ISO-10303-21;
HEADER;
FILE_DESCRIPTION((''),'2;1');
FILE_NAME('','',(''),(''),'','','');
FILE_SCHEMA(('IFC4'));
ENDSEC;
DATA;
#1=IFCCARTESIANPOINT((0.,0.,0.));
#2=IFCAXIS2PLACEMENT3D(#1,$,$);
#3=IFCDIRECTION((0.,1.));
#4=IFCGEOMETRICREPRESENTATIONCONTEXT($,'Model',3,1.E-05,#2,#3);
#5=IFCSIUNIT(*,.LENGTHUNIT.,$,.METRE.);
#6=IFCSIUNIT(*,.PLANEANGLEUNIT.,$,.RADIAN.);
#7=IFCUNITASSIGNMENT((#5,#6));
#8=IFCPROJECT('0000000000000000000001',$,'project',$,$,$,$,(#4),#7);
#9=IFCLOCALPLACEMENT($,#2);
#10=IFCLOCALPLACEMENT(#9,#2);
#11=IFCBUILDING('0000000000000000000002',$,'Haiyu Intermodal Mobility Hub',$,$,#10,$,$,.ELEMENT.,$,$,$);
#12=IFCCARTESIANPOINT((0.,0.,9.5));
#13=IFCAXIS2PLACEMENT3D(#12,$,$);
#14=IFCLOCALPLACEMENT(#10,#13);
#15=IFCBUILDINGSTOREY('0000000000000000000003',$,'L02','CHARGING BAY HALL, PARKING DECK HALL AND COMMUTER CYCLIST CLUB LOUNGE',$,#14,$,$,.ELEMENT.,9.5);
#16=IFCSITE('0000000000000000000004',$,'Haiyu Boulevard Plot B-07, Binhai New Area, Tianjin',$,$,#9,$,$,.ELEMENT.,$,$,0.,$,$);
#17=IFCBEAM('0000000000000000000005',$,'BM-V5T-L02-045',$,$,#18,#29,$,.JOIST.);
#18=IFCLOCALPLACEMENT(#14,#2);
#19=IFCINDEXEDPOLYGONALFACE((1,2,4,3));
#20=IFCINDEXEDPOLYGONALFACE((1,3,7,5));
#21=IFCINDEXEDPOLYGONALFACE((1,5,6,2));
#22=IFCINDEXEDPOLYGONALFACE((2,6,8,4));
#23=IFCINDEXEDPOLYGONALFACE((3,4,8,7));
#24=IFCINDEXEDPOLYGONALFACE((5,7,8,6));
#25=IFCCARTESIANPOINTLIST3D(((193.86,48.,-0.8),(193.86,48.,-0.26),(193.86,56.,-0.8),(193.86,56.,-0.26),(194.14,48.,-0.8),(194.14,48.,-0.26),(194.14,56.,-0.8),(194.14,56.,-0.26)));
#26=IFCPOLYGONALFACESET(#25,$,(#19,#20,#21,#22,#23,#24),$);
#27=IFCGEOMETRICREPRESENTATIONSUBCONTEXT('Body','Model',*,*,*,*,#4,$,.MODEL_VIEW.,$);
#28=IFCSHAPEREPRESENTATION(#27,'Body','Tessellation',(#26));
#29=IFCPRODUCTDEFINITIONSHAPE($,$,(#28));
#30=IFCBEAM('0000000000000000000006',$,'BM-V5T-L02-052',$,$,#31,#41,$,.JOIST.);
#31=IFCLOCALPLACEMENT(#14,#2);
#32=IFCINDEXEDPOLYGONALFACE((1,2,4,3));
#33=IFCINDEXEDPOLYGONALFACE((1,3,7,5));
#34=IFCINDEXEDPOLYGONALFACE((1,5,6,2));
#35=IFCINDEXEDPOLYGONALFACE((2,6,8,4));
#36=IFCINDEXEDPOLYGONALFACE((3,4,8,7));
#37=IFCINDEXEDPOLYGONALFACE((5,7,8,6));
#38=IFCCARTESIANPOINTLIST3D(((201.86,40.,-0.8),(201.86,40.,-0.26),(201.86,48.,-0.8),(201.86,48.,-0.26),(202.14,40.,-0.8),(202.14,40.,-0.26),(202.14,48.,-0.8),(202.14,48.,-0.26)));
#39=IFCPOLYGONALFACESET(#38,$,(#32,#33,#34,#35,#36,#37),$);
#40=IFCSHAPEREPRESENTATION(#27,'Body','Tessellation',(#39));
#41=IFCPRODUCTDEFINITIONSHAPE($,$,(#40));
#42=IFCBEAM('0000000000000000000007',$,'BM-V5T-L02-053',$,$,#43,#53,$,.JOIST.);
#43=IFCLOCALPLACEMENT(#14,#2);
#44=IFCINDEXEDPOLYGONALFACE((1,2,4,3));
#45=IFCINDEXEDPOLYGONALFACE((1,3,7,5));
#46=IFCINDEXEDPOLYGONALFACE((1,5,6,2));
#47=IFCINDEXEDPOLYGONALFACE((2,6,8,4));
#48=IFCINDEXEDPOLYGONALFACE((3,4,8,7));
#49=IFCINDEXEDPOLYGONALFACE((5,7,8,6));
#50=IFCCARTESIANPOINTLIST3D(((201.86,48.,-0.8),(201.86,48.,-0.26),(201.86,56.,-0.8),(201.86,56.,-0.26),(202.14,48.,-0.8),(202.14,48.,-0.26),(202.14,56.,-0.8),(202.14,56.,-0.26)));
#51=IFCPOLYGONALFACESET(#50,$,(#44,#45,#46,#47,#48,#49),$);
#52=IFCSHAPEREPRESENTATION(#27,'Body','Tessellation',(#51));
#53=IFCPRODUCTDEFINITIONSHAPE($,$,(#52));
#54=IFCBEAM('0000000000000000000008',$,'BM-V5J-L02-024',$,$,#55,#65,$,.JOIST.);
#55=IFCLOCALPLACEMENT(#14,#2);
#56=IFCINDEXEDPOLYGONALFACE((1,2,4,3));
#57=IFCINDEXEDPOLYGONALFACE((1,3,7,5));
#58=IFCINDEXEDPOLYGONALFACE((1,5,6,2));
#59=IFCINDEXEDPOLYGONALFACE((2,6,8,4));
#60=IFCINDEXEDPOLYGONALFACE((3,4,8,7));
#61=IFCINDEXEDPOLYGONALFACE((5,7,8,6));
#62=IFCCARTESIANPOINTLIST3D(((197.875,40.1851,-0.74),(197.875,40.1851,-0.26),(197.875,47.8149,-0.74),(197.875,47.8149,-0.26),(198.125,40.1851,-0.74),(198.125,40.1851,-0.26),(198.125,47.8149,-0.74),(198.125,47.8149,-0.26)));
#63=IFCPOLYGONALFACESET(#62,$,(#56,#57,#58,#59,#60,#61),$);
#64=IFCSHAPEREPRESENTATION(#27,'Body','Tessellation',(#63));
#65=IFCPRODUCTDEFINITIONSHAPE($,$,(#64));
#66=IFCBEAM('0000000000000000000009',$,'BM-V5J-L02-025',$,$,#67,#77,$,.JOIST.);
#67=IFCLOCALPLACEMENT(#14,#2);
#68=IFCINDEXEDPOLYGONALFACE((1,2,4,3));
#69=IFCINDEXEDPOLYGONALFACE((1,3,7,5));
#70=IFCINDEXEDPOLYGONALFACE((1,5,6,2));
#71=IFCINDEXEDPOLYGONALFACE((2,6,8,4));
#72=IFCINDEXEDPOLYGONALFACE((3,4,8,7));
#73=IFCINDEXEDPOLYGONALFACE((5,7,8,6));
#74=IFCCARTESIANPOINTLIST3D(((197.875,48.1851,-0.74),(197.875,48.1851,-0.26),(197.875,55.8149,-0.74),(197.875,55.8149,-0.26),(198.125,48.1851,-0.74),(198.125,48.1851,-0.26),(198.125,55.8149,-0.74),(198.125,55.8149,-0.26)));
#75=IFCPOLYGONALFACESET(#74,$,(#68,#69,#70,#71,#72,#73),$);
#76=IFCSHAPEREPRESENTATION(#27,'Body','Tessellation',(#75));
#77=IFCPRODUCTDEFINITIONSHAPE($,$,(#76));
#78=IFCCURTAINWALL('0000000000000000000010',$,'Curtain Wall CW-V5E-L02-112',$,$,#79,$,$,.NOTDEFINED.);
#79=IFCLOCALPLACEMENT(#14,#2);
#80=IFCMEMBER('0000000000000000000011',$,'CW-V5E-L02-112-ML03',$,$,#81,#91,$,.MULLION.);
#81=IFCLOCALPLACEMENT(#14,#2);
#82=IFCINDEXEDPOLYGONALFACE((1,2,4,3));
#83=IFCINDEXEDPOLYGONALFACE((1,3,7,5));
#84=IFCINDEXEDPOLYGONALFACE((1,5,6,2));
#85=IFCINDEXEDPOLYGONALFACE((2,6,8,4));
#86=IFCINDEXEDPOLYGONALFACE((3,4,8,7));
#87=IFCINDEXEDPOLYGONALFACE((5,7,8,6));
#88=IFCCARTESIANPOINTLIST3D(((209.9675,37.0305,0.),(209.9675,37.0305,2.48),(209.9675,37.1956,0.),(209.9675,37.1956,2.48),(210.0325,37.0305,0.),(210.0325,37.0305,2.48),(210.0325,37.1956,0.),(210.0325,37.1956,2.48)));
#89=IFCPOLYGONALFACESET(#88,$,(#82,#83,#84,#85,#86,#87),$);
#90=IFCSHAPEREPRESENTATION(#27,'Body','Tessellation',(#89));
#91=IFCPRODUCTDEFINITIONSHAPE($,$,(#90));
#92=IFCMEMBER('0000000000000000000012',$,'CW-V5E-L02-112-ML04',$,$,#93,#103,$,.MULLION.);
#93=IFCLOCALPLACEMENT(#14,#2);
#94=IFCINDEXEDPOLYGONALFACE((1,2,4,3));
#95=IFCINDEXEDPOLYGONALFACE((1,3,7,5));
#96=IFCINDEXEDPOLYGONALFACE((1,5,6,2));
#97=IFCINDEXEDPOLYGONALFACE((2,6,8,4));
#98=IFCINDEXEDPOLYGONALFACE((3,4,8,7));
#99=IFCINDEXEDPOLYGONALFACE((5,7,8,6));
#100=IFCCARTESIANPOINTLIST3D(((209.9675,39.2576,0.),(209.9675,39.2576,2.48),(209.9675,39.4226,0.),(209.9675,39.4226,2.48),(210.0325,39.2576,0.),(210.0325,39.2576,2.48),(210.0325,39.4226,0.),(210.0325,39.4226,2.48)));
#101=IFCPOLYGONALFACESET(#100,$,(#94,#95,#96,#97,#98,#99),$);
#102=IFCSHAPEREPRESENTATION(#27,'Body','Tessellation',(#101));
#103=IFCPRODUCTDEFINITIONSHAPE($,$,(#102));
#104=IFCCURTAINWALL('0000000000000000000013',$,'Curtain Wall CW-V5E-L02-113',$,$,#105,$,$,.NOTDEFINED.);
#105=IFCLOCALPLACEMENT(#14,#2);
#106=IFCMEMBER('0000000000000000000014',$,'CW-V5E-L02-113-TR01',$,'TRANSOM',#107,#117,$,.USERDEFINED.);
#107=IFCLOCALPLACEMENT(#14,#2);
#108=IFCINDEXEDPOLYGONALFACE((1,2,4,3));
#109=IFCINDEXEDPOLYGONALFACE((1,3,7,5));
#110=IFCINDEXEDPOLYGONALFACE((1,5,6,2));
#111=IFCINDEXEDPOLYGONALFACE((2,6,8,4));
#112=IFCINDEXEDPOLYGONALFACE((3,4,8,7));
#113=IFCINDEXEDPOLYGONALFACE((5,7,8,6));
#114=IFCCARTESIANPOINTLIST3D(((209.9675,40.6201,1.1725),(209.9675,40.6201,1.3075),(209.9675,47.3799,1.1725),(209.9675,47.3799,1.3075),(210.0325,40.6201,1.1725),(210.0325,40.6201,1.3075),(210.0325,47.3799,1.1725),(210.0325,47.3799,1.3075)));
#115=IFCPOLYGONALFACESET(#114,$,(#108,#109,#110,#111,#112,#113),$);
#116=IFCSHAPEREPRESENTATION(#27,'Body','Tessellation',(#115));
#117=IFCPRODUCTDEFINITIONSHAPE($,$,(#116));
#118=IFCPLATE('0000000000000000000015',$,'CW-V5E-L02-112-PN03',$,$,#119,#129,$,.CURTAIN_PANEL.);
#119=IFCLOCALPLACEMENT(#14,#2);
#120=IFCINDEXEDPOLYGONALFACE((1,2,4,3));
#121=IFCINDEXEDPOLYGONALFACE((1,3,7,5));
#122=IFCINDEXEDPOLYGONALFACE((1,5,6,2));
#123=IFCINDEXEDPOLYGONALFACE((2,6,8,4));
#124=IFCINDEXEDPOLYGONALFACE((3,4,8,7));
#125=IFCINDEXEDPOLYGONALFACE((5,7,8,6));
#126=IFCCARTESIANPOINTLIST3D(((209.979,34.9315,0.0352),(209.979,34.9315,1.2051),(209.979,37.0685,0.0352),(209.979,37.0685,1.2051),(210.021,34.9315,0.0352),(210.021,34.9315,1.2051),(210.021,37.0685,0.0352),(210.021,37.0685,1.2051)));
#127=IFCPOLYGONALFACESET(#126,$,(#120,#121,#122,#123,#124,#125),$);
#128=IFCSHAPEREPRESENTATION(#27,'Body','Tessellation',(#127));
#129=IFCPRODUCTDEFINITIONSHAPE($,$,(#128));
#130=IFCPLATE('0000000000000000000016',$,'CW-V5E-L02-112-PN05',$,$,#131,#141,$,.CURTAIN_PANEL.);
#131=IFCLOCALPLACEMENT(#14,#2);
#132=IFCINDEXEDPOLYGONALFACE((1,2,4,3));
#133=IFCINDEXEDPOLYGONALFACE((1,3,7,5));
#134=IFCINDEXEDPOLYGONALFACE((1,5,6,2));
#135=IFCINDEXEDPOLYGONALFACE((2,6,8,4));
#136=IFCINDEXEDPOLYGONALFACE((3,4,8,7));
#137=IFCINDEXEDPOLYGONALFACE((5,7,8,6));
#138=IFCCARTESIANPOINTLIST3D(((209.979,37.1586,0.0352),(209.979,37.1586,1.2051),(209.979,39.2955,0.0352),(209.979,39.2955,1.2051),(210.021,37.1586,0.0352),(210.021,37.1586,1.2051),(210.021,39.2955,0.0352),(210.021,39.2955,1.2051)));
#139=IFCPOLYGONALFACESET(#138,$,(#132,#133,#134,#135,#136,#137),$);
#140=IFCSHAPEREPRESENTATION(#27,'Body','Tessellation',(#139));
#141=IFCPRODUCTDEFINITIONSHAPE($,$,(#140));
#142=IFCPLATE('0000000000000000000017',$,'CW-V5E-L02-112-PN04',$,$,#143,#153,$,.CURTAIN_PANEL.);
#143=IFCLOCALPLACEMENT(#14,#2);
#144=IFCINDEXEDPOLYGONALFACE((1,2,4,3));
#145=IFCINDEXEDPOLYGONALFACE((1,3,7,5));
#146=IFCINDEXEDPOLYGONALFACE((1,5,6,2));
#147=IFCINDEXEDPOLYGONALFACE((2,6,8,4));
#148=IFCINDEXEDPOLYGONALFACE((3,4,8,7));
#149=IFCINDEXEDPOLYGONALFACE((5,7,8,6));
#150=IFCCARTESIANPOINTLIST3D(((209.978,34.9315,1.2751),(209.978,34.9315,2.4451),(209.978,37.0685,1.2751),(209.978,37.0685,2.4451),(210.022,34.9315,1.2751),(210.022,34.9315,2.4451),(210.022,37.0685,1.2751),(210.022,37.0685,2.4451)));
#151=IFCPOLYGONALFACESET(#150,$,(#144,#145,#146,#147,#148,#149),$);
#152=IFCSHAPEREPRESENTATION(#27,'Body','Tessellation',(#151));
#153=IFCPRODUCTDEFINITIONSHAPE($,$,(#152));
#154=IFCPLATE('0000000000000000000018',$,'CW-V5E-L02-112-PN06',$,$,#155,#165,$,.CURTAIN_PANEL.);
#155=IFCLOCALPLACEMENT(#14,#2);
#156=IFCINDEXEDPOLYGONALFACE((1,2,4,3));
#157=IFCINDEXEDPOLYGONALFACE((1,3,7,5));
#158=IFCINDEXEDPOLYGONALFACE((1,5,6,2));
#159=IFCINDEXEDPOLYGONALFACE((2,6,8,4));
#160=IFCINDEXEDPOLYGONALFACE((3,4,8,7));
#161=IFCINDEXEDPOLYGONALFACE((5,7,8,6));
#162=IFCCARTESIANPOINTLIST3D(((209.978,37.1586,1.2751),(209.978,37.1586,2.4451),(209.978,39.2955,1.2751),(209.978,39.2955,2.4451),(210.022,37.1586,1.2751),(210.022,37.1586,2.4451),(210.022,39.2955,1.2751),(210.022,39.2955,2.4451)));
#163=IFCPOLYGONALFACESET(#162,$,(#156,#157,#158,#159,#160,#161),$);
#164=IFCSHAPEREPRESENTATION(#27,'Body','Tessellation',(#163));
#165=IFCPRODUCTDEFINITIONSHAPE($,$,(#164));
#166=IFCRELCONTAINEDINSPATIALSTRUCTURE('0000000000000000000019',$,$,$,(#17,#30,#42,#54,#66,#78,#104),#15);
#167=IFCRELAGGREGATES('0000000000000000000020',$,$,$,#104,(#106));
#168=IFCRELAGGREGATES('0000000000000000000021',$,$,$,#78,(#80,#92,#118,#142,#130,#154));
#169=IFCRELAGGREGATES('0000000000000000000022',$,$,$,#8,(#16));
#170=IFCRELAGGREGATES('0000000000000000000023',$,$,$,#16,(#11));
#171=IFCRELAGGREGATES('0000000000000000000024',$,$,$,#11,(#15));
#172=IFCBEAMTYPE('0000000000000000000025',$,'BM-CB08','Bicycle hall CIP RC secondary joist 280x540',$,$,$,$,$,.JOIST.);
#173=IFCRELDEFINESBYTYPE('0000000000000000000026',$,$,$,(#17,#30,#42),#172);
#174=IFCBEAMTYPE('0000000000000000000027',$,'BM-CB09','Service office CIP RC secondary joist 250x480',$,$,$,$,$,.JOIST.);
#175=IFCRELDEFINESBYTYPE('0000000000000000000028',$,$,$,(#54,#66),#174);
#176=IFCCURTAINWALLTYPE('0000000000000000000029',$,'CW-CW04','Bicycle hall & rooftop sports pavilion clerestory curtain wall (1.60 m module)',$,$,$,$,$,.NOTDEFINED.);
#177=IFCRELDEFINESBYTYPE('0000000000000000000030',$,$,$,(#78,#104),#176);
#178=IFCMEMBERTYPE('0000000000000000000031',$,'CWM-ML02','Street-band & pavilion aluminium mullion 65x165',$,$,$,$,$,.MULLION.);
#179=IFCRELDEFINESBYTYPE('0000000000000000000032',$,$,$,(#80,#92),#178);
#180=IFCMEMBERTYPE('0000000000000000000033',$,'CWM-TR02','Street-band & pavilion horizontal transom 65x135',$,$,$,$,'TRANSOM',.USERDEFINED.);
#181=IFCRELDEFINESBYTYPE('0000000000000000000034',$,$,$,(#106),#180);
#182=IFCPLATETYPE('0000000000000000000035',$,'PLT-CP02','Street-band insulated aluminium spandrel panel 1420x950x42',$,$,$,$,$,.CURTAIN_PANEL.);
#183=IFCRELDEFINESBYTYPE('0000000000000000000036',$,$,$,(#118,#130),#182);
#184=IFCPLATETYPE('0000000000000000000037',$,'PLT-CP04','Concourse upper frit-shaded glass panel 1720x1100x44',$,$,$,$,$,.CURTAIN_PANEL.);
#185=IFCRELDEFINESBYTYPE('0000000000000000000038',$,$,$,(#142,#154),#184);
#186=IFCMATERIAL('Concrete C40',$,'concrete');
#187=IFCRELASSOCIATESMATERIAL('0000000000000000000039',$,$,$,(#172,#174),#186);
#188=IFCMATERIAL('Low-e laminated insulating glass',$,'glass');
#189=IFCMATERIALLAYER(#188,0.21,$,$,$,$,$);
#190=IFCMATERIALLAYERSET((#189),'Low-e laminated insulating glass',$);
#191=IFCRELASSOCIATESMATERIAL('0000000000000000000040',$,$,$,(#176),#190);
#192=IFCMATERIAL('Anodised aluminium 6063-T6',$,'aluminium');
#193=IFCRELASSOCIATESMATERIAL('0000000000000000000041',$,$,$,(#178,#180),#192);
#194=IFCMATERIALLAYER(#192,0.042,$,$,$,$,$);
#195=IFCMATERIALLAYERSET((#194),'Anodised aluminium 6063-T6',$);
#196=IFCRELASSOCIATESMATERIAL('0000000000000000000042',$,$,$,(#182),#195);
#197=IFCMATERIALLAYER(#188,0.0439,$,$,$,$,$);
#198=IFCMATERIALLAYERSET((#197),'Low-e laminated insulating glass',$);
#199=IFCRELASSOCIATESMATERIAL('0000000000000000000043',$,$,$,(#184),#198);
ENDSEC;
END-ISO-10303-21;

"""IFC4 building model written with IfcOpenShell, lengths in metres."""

from ifc_helpers import new_model, si_unit, direction, frame, origin, origin_2d, place, context, subcontext, project, spatial, rectangle, extrude, material, layer, layer_set, material_profile, profile_set, type_object, element, aggregate, save


model = new_model("IFC4")

# Units and contexts
model_context = context("Model", 3, precision=1e-05, world=origin(), true_north=direction((0.0, 1.0)))
body_context = subcontext(model_context, "Body", "Model", "MODEL_VIEW")
ifc_project = project(units=[si_unit("LENGTHUNIT", "METRE"), si_unit("PLANEANGLEUNIT", "RADIAN")], contexts=[model_context])

# Site, building, storey
site_placement = place(None, origin())
site = spatial("IfcSite", under=ifc_project, at=site_placement, Name="Haiyu Boulevard Plot B-07, Binhai New Area, Tianjin", CompositionType="ELEMENT", RefElevation=0.0)
building_placement = place(site_placement, origin())
building = spatial("IfcBuilding", under=site, at=building_placement, Name="Haiyu Intermodal Mobility Hub", CompositionType="ELEMENT")
storey_placement = place(building_placement, frame((0.0, 0.0, 9.5)))
storey = spatial("IfcBuildingStorey", under=building, at=storey_placement, Name="L02", Description="CHARGING BAY HALL, PARKING DECK HALL AND COMMUTER CYCLIST CLUB LOUNGE", CompositionType="ELEMENT", Elevation=9.5)

# Shared definitions
ifc_material_1 = material(Name="Concrete C40", Category="concrete")

# Beams
ifc_material_profile_1 = material_profile(ifc_material_1, rectangle(XDim=0.28, YDim=0.54, at=origin_2d()), Name="RCB280x540")
ifc_profile_set_1 = profile_set([ifc_material_profile_1], Name="Concrete C40")
beam_type_1 = type_object("IfcBeamType", Name="BM-CB08", Description="Bicycle hall CIP RC secondary joist 280x540", PredefinedType="JOIST", material=ifc_profile_set_1)
for number, where, z_axis, x_axis, name in (
    (1, (194.0, 48.0, -0.53), (0.0, 1.0, 0.0), (-1.0, 0.0, 0.0), "BM-V5T-L02-045"),
    (2, (202.0, 40.0, -0.53), (0.0, 1.0, 0.0), (-1.0, 0.0, 0.0), "BM-V5T-L02-052"),
    (3, (202.0, 48.0, -0.53), (0.0, 1.0, 0.0), (-1.0, 0.0, 0.0), "BM-V5T-L02-053"),
):
    element("IfcBeam", number, at=place(storey_placement, frame(where, z_axis=z_axis, x_axis=x_axis)), inside=storey, type_object=beam_type_1, Name=name, PredefinedType="JOIST", context=body_context, shape_type="SweptSolid", body=[
        extrude(rectangle(XDim=0.28, YDim=0.54, at=origin_2d()), origin(), (0.0, 0.0, 1.0), 8.0),
    ])
ifc_material_profile_2 = material_profile(ifc_material_1, rectangle(XDim=0.25, YDim=0.48, at=origin_2d()), Name="RCB250x480")
ifc_profile_set_2 = profile_set([ifc_material_profile_2], Name="Concrete C40")
beam_type_2 = type_object("IfcBeamType", Name="BM-CB09", Description="Service office CIP RC secondary joist 250x480", PredefinedType="JOIST", material=ifc_profile_set_2)
for number, where, z_axis, x_axis, name in (
    (4, (198.0, 40.1851, -0.5), (0.0, 1.0, 0.0), (-1.0, 0.0, 0.0), "BM-V5J-L02-024"),
    (5, (198.0, 48.1851, -0.5), (0.0, 1.0, 0.0), (-1.0, 0.0, 0.0), "BM-V5J-L02-025"),
):
    element("IfcBeam", number, at=place(storey_placement, frame(where, z_axis=z_axis, x_axis=x_axis)), inside=storey, type_object=beam_type_2, Name=name, PredefinedType="JOIST", context=body_context, shape_type="SweptSolid", body=[
        extrude(rectangle(XDim=0.25, YDim=0.48, at=origin_2d()), origin(), (0.0, 0.0, 1.0), 7.6299),
    ])

# Curtain wall, members
ifc_material_2 = material(Name="Low-e laminated insulating glass", Category="glass")
ifc_layer_1 = layer(ifc_material_2, 0.21)
ifc_layer_set_1 = layer_set([ifc_layer_1], Name="Low-e laminated insulating glass")
curtain_wall_type = type_object("IfcCurtainWallType", Name="CW-CW04", Description="Bicycle hall & rooftop sports pavilion clerestory curtain wall (1.60 m module)", PredefinedType="NOTDEFINED", material=ifc_layer_set_1)
curtain_wall_1_placement = place(storey_placement, origin())
curtain_wall_1 = element("IfcCurtainWall", 6, at=curtain_wall_1_placement, inside=storey, type_object=curtain_wall_type, Name="Curtain Wall CW-V5E-L02-112", PredefinedType="NOTDEFINED")
ifc_material_3 = material(Name="Anodised aluminium 6063-T6", Category="aluminium")
ifc_material_profile_3 = material_profile(ifc_material_3, rectangle(XDim=0.0649, YDim=0.165, at=origin_2d()), Name="ALU65x165")
ifc_profile_set_3 = profile_set([ifc_material_profile_3], Name="Anodised aluminium 6063-T6")
member_type_1 = type_object("IfcMemberType", Name="CWM-ML02", Description="Street-band & pavilion aluminium mullion 65x165", PredefinedType="MULLION", material=ifc_profile_set_3)
member_1_placement = place(storey_placement, frame((210.0, 37.113, 0.0), z_axis=(0.0, 0.0, 1.0), x_axis=(1.0, 0.0, 0.0)))
member_1 = element("IfcMember", 7, at=member_1_placement, type_object=member_type_1, Name="CW-V5E-L02-112-ML03", PredefinedType="MULLION", context=body_context, shape_type="SweptSolid", body=[
    extrude(rectangle(XDim=0.0649, YDim=0.165, at=origin_2d()), origin(), (0.0, 0.0, 1.0), 2.48),
])
member_2_placement = place(storey_placement, frame((210.0, 39.3401, 0.0), z_axis=(0.0, 0.0, 1.0), x_axis=(1.0, 0.0, 0.0)))
member_2 = element("IfcMember", 8, at=member_2_placement, type_object=member_type_1, Name="CW-V5E-L02-112-ML04", PredefinedType="MULLION", context=body_context, shape_type="SweptSolid", body=[
    extrude(rectangle(XDim=0.0649, YDim=0.165, at=origin_2d()), origin(), (0.0, 0.0, 1.0), 2.48),
])

# Curtain wall, member
curtain_wall_2_placement = place(storey_placement, origin())
curtain_wall_2 = element("IfcCurtainWall", 9, at=curtain_wall_2_placement, inside=storey, type_object=curtain_wall_type, Name="Curtain Wall CW-V5E-L02-113", PredefinedType="NOTDEFINED")
ifc_material_profile_4 = material_profile(ifc_material_3, rectangle(XDim=0.0649, YDim=0.135, at=origin_2d()), Name="ALU65x135")
ifc_profile_set_4 = profile_set([ifc_material_profile_4], Name="Anodised aluminium 6063-T6")
member_type_2 = type_object("IfcMemberType", Name="CWM-TR02", Description="Street-band & pavilion horizontal transom 65x135", ElementType="TRANSOM", PredefinedType="USERDEFINED", material=ifc_profile_set_4)
member_3_placement = place(storey_placement, frame((210.0, 40.6201, 1.24), z_axis=(0.0, 1.0, 0.0), x_axis=(-1.0, 0.0, 0.0)))
member_3 = element("IfcMember", 10, at=member_3_placement, type_object=member_type_2, Name="CW-V5E-L02-113-TR01", ObjectType="TRANSOM", PredefinedType="USERDEFINED", context=body_context, shape_type="SweptSolid", body=[
    extrude(rectangle(XDim=0.0649, YDim=0.135, at=origin_2d()), origin(), (0.0, 0.0, 1.0), 6.7598),
])
aggregate(curtain_wall_2, [member_3])

# Plates
ifc_layer_2 = layer(ifc_material_3, 0.042)
ifc_layer_set_2 = layer_set([ifc_layer_2], Name="Anodised aluminium 6063-T6")
plate_type_1 = type_object("IfcPlateType", Name="PLT-CP02", Description="Street-band insulated aluminium spandrel panel 1420x950x42", PredefinedType="CURTAIN_PANEL", material=ifc_layer_set_2)
plate_1_placement = place(storey_placement, frame((210.0, 36.0, 0.0352), z_axis=(0.0, 0.0, 1.0), x_axis=(0.0, 1.0, 0.0)))
plate_1 = element("IfcPlate", 11, at=plate_1_placement, type_object=plate_type_1, Name="CW-V5E-L02-112-PN03", PredefinedType="CURTAIN_PANEL", context=body_context, shape_type="SweptSolid", body=[
    extrude(rectangle(XDim=2.137, YDim=0.042, at=origin_2d()), origin(), (0.0, 0.0, 1.0), 1.1699),
])
plate_2_placement = place(storey_placement, frame((210.0, 38.2271, 0.0352), z_axis=(0.0, 0.0, 1.0), x_axis=(0.0, 1.0, 0.0)))
plate_2 = element("IfcPlate", 12, at=plate_2_placement, type_object=plate_type_1, Name="CW-V5E-L02-112-PN05", PredefinedType="CURTAIN_PANEL", context=body_context, shape_type="SweptSolid", body=[
    extrude(rectangle(XDim=2.137, YDim=0.042, at=origin_2d()), origin(), (0.0, 0.0, 1.0), 1.1699),
])
ifc_layer_3 = layer(ifc_material_2, 0.0439)
ifc_layer_set_3 = layer_set([ifc_layer_3], Name="Low-e laminated insulating glass")
plate_type_2 = type_object("IfcPlateType", Name="PLT-CP04", Description="Concourse upper frit-shaded glass panel 1720x1100x44", PredefinedType="CURTAIN_PANEL", material=ifc_layer_set_3)
plate_3_placement = place(storey_placement, frame((210.0, 36.0, 1.2751), z_axis=(0.0, 0.0, 1.0), x_axis=(0.0, 1.0, 0.0)))
plate_3 = element("IfcPlate", 13, at=plate_3_placement, type_object=plate_type_2, Name="CW-V5E-L02-112-PN04", PredefinedType="CURTAIN_PANEL", context=body_context, shape_type="SweptSolid", body=[
    extrude(rectangle(XDim=2.137, YDim=0.0439, at=origin_2d()), origin(), (0.0, 0.0, 1.0), 1.1699),
])
plate_4_placement = place(storey_placement, frame((210.0, 38.2271, 1.2751), z_axis=(0.0, 0.0, 1.0), x_axis=(0.0, 1.0, 0.0)))
plate_4 = element("IfcPlate", 14, at=plate_4_placement, type_object=plate_type_2, Name="CW-V5E-L02-112-PN06", PredefinedType="CURTAIN_PANEL", context=body_context, shape_type="SweptSolid", body=[
    extrude(rectangle(XDim=2.137, YDim=0.0439, at=origin_2d()), origin(), (0.0, 0.0, 1.0), 1.1699),
])
aggregate(curtain_wall_1, [member_1, member_2, plate_1, plate_3, plate_2, plate_4])

save(model, "model.ifc")
